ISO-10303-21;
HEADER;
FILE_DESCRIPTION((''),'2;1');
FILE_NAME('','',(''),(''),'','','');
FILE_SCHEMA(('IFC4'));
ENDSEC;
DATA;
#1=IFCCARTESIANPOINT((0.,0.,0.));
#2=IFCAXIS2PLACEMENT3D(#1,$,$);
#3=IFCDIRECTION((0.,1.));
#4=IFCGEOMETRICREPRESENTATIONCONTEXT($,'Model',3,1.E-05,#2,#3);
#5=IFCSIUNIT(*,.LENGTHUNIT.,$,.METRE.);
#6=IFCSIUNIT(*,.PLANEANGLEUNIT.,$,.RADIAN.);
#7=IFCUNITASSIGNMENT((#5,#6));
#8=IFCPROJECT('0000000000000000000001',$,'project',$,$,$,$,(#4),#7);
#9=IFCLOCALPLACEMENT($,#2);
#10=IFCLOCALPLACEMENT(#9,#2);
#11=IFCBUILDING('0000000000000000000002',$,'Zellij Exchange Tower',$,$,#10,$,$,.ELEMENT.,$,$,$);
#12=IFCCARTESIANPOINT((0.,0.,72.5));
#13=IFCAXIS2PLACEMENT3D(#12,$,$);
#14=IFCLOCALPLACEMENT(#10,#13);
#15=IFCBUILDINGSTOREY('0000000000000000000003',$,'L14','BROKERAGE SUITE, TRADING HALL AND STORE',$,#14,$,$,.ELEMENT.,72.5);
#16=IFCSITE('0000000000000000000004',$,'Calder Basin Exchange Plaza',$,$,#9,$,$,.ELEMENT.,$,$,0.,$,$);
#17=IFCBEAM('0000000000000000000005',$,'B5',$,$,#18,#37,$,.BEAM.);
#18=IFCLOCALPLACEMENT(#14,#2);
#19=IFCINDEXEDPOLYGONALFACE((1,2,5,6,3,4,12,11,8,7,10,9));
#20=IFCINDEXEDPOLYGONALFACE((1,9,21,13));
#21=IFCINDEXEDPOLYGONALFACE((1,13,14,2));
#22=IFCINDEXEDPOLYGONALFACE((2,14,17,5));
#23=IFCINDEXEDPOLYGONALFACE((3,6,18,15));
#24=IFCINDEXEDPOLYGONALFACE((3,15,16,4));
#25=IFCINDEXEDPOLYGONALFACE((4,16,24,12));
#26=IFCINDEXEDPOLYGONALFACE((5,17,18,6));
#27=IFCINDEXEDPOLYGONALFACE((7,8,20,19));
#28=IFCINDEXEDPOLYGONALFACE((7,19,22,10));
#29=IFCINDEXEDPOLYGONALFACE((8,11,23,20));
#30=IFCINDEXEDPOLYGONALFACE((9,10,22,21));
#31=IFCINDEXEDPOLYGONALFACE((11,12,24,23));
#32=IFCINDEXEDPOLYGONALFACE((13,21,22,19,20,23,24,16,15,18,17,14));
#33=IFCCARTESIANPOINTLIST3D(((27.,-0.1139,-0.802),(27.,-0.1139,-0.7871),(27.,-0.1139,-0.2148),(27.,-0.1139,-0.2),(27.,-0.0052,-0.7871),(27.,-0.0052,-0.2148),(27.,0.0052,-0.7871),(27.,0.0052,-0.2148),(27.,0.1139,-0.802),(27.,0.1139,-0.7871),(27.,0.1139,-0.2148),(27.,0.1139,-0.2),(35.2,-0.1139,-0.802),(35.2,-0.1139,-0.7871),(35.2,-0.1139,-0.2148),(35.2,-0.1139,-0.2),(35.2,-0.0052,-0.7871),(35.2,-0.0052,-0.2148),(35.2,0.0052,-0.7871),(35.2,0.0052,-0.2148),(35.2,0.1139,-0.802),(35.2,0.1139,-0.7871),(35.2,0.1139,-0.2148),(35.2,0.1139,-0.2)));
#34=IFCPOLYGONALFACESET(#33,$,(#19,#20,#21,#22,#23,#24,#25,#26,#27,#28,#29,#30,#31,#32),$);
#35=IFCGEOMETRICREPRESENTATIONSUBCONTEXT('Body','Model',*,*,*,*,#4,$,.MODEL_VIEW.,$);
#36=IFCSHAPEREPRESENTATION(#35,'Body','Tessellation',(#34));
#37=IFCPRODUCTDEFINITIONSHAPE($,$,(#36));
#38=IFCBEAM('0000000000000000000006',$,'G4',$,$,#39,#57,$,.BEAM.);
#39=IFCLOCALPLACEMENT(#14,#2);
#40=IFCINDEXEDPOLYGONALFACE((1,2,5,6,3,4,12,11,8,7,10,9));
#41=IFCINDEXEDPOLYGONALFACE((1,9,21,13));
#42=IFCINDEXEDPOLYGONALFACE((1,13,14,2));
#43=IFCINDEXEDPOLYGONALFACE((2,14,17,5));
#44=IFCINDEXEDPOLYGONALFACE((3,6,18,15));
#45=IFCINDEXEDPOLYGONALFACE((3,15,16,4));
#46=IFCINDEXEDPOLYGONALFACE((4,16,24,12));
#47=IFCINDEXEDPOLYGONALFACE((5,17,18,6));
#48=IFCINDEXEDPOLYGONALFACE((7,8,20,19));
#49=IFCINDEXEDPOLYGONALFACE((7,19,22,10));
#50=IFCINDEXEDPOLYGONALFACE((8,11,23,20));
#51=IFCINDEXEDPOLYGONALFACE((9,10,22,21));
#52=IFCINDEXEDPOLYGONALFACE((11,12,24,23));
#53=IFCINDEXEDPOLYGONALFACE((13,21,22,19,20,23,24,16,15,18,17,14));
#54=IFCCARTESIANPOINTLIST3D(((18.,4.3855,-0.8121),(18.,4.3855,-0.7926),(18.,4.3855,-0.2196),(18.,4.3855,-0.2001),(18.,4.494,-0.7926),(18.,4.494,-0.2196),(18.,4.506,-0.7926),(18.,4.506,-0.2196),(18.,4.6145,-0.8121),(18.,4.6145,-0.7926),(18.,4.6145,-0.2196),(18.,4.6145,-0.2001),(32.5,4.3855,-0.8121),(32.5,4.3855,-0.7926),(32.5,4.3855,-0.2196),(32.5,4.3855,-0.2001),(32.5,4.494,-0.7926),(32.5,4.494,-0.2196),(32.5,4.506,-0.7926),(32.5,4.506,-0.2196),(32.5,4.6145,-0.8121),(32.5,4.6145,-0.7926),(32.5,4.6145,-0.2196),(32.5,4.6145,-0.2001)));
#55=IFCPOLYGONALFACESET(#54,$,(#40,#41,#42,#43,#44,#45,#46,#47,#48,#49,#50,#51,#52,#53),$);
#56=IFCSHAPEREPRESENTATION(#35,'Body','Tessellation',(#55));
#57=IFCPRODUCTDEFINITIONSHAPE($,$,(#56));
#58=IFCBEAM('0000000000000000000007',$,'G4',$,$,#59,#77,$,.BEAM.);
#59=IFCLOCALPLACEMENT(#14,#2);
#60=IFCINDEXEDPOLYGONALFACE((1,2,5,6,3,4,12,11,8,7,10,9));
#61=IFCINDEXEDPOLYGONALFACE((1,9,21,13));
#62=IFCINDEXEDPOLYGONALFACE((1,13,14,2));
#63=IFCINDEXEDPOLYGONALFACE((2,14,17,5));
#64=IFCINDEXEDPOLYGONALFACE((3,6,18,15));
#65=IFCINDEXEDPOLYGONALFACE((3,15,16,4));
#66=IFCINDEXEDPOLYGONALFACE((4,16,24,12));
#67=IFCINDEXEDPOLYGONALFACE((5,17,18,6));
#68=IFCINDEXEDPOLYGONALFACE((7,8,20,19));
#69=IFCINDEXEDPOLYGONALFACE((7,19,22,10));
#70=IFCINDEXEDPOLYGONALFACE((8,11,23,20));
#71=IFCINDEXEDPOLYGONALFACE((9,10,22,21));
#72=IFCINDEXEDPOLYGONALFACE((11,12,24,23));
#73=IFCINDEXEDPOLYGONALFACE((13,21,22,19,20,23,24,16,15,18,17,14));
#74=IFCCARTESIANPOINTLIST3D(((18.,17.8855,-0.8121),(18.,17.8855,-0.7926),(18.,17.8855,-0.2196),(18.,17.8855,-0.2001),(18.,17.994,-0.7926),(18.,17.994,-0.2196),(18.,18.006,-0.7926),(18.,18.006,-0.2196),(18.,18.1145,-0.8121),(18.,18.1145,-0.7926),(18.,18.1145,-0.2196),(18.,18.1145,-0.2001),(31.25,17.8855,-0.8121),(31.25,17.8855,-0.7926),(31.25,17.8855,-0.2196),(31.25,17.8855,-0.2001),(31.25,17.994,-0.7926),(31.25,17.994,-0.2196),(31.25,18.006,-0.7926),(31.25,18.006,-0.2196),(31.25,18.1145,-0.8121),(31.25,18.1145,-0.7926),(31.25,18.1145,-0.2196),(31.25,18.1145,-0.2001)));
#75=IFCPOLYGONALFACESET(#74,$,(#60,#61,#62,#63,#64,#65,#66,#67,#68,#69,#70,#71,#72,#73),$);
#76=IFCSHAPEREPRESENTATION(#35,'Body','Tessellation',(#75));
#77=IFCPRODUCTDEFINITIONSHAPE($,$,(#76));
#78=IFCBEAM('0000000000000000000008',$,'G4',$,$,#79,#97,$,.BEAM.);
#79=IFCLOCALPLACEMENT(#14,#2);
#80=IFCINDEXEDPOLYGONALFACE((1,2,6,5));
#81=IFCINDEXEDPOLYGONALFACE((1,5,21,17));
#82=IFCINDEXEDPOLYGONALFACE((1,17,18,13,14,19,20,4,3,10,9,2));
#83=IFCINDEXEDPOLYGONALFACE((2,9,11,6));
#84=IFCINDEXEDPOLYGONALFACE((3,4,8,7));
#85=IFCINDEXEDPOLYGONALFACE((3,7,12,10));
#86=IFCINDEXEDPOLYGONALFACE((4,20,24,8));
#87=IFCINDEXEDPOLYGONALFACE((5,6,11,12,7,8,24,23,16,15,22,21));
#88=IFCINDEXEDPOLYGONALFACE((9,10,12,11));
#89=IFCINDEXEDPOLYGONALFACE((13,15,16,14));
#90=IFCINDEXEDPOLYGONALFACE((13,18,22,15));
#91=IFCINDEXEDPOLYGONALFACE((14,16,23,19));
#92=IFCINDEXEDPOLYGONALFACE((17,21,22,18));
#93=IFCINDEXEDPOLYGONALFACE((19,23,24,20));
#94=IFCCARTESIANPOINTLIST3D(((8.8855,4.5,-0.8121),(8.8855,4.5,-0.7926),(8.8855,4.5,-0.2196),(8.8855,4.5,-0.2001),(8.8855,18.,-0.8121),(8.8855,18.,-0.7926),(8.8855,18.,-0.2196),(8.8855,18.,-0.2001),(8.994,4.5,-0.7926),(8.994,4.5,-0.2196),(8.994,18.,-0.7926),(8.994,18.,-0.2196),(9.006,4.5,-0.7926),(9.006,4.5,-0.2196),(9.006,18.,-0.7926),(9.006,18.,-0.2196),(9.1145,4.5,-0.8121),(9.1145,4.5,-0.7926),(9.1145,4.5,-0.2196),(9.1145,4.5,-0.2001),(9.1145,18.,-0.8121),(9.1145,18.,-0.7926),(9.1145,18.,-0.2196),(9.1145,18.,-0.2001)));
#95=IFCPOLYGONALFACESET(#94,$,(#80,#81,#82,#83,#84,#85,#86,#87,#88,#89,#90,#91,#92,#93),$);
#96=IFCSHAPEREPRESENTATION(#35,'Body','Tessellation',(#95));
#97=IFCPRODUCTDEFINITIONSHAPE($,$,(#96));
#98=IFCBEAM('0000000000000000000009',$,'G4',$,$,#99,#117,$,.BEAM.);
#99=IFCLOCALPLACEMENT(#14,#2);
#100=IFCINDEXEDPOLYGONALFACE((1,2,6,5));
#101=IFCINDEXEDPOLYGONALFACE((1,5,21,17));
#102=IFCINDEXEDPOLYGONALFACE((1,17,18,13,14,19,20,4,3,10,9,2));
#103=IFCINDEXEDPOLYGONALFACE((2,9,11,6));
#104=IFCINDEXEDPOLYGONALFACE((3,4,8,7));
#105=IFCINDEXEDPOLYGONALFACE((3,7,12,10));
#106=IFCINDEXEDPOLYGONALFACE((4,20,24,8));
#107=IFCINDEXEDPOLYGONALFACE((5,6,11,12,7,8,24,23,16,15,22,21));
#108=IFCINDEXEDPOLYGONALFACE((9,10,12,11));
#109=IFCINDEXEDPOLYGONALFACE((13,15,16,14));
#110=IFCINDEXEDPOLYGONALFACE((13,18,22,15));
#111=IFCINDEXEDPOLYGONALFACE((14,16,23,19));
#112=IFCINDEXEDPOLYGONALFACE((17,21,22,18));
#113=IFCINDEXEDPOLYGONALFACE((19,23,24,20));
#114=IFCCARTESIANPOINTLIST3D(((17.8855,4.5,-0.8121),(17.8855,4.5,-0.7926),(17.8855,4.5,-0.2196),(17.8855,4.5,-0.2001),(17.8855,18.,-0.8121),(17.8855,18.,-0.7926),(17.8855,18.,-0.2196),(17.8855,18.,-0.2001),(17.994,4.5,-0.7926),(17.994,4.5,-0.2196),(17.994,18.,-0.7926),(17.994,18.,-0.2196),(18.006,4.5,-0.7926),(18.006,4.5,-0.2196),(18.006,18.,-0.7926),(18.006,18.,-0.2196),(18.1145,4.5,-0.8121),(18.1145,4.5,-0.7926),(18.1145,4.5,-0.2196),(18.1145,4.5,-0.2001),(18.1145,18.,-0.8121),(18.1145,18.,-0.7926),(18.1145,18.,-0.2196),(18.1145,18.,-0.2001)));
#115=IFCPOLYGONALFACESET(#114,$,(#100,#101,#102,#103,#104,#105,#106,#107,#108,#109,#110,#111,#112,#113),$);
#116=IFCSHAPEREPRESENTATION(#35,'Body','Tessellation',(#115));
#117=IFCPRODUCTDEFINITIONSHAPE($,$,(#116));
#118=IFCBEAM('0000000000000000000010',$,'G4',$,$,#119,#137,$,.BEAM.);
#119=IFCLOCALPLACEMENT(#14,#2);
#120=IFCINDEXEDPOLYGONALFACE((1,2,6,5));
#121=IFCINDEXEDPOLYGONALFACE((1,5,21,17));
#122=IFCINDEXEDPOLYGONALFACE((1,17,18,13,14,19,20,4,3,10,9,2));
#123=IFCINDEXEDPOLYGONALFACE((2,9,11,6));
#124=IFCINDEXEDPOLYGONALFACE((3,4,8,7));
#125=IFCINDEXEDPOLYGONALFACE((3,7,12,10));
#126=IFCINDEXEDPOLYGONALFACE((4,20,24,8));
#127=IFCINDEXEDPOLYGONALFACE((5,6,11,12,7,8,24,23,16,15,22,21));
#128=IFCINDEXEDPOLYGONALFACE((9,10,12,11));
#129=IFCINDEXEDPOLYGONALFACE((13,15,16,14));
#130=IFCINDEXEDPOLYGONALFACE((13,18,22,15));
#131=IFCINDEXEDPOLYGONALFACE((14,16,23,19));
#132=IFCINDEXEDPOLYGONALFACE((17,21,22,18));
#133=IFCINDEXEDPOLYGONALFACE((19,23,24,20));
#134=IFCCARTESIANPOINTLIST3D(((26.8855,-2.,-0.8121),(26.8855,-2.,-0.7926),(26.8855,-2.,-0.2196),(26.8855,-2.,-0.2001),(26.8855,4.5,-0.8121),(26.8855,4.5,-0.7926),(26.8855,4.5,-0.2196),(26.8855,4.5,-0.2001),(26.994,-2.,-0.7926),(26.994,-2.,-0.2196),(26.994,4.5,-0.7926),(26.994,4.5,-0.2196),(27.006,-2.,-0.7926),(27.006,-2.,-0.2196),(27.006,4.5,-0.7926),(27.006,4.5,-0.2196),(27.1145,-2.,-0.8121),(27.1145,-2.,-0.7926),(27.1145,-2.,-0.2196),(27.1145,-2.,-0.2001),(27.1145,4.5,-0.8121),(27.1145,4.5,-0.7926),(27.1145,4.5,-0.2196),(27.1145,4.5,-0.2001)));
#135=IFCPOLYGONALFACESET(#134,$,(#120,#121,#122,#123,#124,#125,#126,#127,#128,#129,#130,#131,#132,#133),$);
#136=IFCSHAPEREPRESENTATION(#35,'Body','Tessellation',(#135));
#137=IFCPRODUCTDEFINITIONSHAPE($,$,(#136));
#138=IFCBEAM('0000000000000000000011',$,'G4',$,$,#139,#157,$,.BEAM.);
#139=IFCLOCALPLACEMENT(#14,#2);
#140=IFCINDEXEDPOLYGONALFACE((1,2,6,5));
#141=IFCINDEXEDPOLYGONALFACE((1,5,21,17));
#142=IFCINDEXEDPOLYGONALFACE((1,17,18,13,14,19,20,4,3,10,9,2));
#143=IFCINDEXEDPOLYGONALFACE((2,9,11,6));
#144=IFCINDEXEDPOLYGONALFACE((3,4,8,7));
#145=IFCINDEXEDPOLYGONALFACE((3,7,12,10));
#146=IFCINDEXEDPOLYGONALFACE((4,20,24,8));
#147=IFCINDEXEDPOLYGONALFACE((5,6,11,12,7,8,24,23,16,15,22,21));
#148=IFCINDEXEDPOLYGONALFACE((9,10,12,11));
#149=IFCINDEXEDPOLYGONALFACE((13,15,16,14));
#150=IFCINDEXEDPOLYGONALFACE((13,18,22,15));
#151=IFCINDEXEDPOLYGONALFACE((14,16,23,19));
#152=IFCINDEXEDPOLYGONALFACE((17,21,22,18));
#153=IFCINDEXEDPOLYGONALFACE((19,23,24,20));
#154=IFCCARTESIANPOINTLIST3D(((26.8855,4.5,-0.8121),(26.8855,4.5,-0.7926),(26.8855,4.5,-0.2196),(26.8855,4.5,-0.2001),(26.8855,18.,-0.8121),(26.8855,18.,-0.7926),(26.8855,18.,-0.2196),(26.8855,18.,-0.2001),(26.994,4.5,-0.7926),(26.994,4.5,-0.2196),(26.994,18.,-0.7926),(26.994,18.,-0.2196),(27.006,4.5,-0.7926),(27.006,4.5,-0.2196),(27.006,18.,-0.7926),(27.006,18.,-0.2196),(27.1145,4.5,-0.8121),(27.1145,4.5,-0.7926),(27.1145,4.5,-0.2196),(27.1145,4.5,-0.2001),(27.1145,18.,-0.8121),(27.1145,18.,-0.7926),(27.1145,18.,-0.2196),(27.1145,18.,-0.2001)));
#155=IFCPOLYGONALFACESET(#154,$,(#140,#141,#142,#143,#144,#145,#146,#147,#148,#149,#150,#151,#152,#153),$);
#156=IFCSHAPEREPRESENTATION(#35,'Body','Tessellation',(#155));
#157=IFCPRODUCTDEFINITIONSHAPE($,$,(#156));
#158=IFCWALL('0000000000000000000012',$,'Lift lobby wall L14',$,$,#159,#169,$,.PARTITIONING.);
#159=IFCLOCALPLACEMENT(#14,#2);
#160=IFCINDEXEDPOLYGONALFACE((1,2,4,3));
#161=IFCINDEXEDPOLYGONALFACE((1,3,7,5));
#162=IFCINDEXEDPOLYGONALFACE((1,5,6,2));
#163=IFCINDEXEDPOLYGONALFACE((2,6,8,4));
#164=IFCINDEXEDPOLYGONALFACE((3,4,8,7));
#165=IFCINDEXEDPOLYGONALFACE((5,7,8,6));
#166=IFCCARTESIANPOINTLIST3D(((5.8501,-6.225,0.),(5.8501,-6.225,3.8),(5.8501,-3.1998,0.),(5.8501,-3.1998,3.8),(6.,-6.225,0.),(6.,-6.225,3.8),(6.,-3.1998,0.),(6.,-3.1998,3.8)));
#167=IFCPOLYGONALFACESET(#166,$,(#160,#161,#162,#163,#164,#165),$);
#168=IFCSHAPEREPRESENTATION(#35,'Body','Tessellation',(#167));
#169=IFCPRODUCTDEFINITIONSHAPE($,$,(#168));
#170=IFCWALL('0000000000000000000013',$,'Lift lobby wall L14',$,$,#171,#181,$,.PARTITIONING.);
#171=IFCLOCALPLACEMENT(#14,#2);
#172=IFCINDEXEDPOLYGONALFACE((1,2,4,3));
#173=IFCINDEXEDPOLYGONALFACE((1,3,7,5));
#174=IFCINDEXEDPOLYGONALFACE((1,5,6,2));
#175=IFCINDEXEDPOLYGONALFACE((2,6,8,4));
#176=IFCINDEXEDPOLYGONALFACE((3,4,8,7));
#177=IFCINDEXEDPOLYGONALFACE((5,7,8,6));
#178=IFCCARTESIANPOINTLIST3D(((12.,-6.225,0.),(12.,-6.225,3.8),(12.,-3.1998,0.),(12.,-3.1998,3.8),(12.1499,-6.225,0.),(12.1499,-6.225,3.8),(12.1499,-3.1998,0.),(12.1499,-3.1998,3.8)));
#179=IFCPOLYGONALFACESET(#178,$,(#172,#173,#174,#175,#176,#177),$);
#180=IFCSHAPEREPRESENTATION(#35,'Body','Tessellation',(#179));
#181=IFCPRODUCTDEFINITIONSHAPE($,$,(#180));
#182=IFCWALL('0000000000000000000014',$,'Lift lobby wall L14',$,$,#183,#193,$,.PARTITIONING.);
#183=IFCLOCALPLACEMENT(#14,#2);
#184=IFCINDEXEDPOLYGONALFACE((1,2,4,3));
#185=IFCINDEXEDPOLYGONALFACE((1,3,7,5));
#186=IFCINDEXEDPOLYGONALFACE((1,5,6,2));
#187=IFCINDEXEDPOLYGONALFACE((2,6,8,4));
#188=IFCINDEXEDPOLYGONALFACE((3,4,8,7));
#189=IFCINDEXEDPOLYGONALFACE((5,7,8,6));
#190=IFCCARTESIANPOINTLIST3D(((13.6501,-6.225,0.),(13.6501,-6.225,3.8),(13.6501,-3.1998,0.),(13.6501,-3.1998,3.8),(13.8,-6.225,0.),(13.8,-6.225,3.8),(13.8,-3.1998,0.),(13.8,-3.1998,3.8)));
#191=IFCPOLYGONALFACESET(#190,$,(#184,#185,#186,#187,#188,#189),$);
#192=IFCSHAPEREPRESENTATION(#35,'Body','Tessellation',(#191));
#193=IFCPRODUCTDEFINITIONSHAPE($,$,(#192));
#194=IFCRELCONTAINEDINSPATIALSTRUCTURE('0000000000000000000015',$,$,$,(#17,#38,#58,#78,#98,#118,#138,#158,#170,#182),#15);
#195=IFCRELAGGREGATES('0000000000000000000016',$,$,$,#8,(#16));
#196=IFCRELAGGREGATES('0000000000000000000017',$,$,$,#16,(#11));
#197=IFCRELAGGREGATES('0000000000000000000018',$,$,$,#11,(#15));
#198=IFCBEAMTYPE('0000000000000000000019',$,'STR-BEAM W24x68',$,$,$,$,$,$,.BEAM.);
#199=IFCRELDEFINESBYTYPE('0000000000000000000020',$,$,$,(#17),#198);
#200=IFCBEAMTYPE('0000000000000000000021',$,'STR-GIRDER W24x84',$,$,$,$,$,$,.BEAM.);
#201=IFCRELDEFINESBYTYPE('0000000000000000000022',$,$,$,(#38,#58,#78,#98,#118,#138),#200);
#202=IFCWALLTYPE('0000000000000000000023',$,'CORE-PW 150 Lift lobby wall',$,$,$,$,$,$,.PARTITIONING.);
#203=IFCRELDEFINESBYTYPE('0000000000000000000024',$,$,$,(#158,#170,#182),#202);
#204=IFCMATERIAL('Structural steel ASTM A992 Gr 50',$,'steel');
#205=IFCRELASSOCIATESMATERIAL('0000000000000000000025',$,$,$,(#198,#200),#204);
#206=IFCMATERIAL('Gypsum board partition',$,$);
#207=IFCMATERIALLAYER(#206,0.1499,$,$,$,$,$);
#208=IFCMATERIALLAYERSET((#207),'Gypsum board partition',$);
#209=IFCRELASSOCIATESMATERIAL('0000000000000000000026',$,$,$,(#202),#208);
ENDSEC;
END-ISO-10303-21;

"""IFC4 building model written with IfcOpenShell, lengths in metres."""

from ifc_helpers import new_model, si_unit, direction, frame, frame_2d, origin, origin_2d, place, context, subcontext, project, spatial, rectangle, i_section, extrude, material, layer, layer_set, material_profile, profile_set, type_object, element, save


model = new_model("IFC4")

# Units and contexts
model_context = context("Model", 3, precision=1e-05, world=origin(), true_north=direction((0.0, 1.0)))
body_context = subcontext(model_context, "Body", "Model", "MODEL_VIEW")
ifc_project = project(units=[si_unit("LENGTHUNIT", "METRE"), si_unit("PLANEANGLEUNIT", "RADIAN")], contexts=[model_context])

# Site, building, storey
site_placement = place(None, origin())
site = spatial("IfcSite", under=ifc_project, at=site_placement, Name="Calder Basin Exchange Plaza", CompositionType="ELEMENT", RefElevation=0.0)
building_placement = place(site_placement, origin())
building = spatial("IfcBuilding", under=site, at=building_placement, Name="Zellij Exchange Tower", CompositionType="ELEMENT")
storey_placement = place(building_placement, frame((0.0, 0.0, 72.5)))
storey = spatial("IfcBuildingStorey", under=building, at=storey_placement, Name="L14", Description="BROKERAGE SUITE, TRADING HALL AND STORE", CompositionType="ELEMENT", Elevation=72.5)

# Beams
ifc_material_1 = material(Name="Structural steel ASTM A992 Gr 50", Category="steel")
ifc_material_profile_1 = material_profile(ifc_material_1, i_section(OverallWidth=0.2278, OverallDepth=0.6021, WebThickness=0.0105, FlangeThickness=0.0149, at=origin_2d()), Name="W24x68")
ifc_profile_set_1 = profile_set([ifc_material_profile_1], Name="Structural steel ASTM A992 Gr 50")
beam_type_1 = type_object("IfcBeamType", Name="STR-BEAM W24x68", PredefinedType="BEAM", material=ifc_profile_set_1)
for number, where, z_axis, x_axis, name in (
    (1, (27.0, 0.0, -0.501), (1.0, 0.0, 0.0), (0.0, 1.0, 0.0), "B5"),
):
    element("IfcBeam", number, at=place(storey_placement, frame(where, z_axis=z_axis, x_axis=x_axis)), inside=storey, type_object=beam_type_1, Name=name, PredefinedType="BEAM", context=body_context, shape_type="SweptSolid", body=[
        extrude(i_section(OverallWidth=0.2278, OverallDepth=0.6021, WebThickness=0.0105, FlangeThickness=0.0149, at=origin_2d()), origin(), (0.0, 0.0, 1.0), 8.2),
    ])
ifc_material_profile_2 = material_profile(ifc_material_1, i_section(OverallWidth=0.229, OverallDepth=0.6121, WebThickness=0.012, FlangeThickness=0.0195, at=origin_2d()), Name="W24x84")
ifc_profile_set_2 = profile_set([ifc_material_profile_2], Name="Structural steel ASTM A992 Gr 50")
beam_type_2 = type_object("IfcBeamType", Name="STR-GIRDER W24x84", PredefinedType="BEAM", material=ifc_profile_set_2)
beam_1_placement = place(storey_placement, frame((18.0, 4.5, -0.5061), z_axis=(1.0, 0.0, 0.0), x_axis=(0.0, 1.0, 0.0)))
element("IfcBeam", 2, at=beam_1_placement, inside=storey, type_object=beam_type_2, Name="G4", PredefinedType="BEAM", context=body_context, shape_type="SweptSolid", body=[
    extrude(i_section(OverallWidth=0.229, OverallDepth=0.6121, WebThickness=0.012, FlangeThickness=0.0195, at=origin_2d()), origin(), (0.0, 0.0, 1.0), 14.5),
])
beam_2_placement = place(storey_placement, frame((18.0, 18.0, -0.5061), z_axis=(1.0, 0.0, 0.0), x_axis=(0.0, 1.0, 0.0)))
element("IfcBeam", 3, at=beam_2_placement, inside=storey, type_object=beam_type_2, Name="G4", PredefinedType="BEAM", context=body_context, shape_type="SweptSolid", body=[
    extrude(i_section(OverallWidth=0.229, OverallDepth=0.6121, WebThickness=0.012, FlangeThickness=0.0195, at=origin_2d()), origin(), (0.0, 0.0, 1.0), 13.25),
])
for number, where, z_axis, x_axis, name in (
    (4, (9.0, 4.5, -0.5061), (0.0, 1.0, 0.0), (-1.0, 0.0, 0.0), "G4"),
    (5, (18.0, 4.5, -0.5061), (0.0, 1.0, 0.0), (-1.0, 0.0, 0.0), "G4"),
):
    element("IfcBeam", number, at=place(storey_placement, frame(where, z_axis=z_axis, x_axis=x_axis)), inside=storey, type_object=beam_type_2, Name=name, PredefinedType="BEAM", context=body_context, shape_type="SweptSolid", body=[
        extrude(i_section(OverallWidth=0.229, OverallDepth=0.6121, WebThickness=0.012, FlangeThickness=0.0195, at=origin_2d()), origin(), (0.0, 0.0, 1.0), 13.5),
    ])
beam_3_placement = place(storey_placement, frame((27.0, -2.0, -0.5061), z_axis=(0.0, 1.0, 0.0), x_axis=(-1.0, 0.0, 0.0)))
element("IfcBeam", 6, at=beam_3_placement, inside=storey, type_object=beam_type_2, Name="G4", PredefinedType="BEAM", context=body_context, shape_type="SweptSolid", body=[
    extrude(i_section(OverallWidth=0.229, OverallDepth=0.6121, WebThickness=0.012, FlangeThickness=0.0195, at=origin_2d()), origin(), (0.0, 0.0, 1.0), 6.5),
])
beam_4_placement = place(storey_placement, frame((27.0, 4.5, -0.5061), z_axis=(0.0, 1.0, 0.0), x_axis=(-1.0, 0.0, 0.0)))
element("IfcBeam", 7, at=beam_4_placement, inside=storey, type_object=beam_type_2, Name="G4", PredefinedType="BEAM", context=body_context, shape_type="SweptSolid", body=[
    extrude(i_section(OverallWidth=0.229, OverallDepth=0.6121, WebThickness=0.012, FlangeThickness=0.0195, at=origin_2d()), origin(), (0.0, 0.0, 1.0), 13.5),
])

# Walls
ifc_material_2 = material(Name="Gypsum board partition")
ifc_layer_1 = layer(ifc_material_2, 0.1499)
ifc_layer_set_1 = layer_set([ifc_layer_1], Name="Gypsum board partition")
wall_type_1 = type_object("IfcWallType", Name="CORE-PW 150 Lift lobby wall", PredefinedType="PARTITIONING", material=ifc_layer_set_1)
for number, where, z_axis, x_axis, name in (
    (8, (5.925, -6.2251, 0.0), (0.0, 0.0, 1.0), (0.0, 1.0, 0.0), "Lift lobby wall L14"),
    (9, (12.075, -6.2251, 0.0), (0.0, 0.0, 1.0), (0.0, 1.0, 0.0), "Lift lobby wall L14"),
    (10, (13.7251, -6.2251, 0.0), (0.0, 0.0, 1.0), (0.0, 1.0, 0.0), "Lift lobby wall L14"),
):
    element("IfcWall", number, at=place(storey_placement, frame(where, z_axis=z_axis, x_axis=x_axis)), inside=storey, type_object=wall_type_1, Name=name, PredefinedType="PARTITIONING", context=body_context, shape_type="SweptSolid", body=[
        extrude(rectangle(XDim=3.0251, YDim=0.1499, at=frame_2d((1.5127, 0.0))), origin(), (0.0, 0.0, 1.0), 3.8),
    ])

save(model, "model.ifc")
